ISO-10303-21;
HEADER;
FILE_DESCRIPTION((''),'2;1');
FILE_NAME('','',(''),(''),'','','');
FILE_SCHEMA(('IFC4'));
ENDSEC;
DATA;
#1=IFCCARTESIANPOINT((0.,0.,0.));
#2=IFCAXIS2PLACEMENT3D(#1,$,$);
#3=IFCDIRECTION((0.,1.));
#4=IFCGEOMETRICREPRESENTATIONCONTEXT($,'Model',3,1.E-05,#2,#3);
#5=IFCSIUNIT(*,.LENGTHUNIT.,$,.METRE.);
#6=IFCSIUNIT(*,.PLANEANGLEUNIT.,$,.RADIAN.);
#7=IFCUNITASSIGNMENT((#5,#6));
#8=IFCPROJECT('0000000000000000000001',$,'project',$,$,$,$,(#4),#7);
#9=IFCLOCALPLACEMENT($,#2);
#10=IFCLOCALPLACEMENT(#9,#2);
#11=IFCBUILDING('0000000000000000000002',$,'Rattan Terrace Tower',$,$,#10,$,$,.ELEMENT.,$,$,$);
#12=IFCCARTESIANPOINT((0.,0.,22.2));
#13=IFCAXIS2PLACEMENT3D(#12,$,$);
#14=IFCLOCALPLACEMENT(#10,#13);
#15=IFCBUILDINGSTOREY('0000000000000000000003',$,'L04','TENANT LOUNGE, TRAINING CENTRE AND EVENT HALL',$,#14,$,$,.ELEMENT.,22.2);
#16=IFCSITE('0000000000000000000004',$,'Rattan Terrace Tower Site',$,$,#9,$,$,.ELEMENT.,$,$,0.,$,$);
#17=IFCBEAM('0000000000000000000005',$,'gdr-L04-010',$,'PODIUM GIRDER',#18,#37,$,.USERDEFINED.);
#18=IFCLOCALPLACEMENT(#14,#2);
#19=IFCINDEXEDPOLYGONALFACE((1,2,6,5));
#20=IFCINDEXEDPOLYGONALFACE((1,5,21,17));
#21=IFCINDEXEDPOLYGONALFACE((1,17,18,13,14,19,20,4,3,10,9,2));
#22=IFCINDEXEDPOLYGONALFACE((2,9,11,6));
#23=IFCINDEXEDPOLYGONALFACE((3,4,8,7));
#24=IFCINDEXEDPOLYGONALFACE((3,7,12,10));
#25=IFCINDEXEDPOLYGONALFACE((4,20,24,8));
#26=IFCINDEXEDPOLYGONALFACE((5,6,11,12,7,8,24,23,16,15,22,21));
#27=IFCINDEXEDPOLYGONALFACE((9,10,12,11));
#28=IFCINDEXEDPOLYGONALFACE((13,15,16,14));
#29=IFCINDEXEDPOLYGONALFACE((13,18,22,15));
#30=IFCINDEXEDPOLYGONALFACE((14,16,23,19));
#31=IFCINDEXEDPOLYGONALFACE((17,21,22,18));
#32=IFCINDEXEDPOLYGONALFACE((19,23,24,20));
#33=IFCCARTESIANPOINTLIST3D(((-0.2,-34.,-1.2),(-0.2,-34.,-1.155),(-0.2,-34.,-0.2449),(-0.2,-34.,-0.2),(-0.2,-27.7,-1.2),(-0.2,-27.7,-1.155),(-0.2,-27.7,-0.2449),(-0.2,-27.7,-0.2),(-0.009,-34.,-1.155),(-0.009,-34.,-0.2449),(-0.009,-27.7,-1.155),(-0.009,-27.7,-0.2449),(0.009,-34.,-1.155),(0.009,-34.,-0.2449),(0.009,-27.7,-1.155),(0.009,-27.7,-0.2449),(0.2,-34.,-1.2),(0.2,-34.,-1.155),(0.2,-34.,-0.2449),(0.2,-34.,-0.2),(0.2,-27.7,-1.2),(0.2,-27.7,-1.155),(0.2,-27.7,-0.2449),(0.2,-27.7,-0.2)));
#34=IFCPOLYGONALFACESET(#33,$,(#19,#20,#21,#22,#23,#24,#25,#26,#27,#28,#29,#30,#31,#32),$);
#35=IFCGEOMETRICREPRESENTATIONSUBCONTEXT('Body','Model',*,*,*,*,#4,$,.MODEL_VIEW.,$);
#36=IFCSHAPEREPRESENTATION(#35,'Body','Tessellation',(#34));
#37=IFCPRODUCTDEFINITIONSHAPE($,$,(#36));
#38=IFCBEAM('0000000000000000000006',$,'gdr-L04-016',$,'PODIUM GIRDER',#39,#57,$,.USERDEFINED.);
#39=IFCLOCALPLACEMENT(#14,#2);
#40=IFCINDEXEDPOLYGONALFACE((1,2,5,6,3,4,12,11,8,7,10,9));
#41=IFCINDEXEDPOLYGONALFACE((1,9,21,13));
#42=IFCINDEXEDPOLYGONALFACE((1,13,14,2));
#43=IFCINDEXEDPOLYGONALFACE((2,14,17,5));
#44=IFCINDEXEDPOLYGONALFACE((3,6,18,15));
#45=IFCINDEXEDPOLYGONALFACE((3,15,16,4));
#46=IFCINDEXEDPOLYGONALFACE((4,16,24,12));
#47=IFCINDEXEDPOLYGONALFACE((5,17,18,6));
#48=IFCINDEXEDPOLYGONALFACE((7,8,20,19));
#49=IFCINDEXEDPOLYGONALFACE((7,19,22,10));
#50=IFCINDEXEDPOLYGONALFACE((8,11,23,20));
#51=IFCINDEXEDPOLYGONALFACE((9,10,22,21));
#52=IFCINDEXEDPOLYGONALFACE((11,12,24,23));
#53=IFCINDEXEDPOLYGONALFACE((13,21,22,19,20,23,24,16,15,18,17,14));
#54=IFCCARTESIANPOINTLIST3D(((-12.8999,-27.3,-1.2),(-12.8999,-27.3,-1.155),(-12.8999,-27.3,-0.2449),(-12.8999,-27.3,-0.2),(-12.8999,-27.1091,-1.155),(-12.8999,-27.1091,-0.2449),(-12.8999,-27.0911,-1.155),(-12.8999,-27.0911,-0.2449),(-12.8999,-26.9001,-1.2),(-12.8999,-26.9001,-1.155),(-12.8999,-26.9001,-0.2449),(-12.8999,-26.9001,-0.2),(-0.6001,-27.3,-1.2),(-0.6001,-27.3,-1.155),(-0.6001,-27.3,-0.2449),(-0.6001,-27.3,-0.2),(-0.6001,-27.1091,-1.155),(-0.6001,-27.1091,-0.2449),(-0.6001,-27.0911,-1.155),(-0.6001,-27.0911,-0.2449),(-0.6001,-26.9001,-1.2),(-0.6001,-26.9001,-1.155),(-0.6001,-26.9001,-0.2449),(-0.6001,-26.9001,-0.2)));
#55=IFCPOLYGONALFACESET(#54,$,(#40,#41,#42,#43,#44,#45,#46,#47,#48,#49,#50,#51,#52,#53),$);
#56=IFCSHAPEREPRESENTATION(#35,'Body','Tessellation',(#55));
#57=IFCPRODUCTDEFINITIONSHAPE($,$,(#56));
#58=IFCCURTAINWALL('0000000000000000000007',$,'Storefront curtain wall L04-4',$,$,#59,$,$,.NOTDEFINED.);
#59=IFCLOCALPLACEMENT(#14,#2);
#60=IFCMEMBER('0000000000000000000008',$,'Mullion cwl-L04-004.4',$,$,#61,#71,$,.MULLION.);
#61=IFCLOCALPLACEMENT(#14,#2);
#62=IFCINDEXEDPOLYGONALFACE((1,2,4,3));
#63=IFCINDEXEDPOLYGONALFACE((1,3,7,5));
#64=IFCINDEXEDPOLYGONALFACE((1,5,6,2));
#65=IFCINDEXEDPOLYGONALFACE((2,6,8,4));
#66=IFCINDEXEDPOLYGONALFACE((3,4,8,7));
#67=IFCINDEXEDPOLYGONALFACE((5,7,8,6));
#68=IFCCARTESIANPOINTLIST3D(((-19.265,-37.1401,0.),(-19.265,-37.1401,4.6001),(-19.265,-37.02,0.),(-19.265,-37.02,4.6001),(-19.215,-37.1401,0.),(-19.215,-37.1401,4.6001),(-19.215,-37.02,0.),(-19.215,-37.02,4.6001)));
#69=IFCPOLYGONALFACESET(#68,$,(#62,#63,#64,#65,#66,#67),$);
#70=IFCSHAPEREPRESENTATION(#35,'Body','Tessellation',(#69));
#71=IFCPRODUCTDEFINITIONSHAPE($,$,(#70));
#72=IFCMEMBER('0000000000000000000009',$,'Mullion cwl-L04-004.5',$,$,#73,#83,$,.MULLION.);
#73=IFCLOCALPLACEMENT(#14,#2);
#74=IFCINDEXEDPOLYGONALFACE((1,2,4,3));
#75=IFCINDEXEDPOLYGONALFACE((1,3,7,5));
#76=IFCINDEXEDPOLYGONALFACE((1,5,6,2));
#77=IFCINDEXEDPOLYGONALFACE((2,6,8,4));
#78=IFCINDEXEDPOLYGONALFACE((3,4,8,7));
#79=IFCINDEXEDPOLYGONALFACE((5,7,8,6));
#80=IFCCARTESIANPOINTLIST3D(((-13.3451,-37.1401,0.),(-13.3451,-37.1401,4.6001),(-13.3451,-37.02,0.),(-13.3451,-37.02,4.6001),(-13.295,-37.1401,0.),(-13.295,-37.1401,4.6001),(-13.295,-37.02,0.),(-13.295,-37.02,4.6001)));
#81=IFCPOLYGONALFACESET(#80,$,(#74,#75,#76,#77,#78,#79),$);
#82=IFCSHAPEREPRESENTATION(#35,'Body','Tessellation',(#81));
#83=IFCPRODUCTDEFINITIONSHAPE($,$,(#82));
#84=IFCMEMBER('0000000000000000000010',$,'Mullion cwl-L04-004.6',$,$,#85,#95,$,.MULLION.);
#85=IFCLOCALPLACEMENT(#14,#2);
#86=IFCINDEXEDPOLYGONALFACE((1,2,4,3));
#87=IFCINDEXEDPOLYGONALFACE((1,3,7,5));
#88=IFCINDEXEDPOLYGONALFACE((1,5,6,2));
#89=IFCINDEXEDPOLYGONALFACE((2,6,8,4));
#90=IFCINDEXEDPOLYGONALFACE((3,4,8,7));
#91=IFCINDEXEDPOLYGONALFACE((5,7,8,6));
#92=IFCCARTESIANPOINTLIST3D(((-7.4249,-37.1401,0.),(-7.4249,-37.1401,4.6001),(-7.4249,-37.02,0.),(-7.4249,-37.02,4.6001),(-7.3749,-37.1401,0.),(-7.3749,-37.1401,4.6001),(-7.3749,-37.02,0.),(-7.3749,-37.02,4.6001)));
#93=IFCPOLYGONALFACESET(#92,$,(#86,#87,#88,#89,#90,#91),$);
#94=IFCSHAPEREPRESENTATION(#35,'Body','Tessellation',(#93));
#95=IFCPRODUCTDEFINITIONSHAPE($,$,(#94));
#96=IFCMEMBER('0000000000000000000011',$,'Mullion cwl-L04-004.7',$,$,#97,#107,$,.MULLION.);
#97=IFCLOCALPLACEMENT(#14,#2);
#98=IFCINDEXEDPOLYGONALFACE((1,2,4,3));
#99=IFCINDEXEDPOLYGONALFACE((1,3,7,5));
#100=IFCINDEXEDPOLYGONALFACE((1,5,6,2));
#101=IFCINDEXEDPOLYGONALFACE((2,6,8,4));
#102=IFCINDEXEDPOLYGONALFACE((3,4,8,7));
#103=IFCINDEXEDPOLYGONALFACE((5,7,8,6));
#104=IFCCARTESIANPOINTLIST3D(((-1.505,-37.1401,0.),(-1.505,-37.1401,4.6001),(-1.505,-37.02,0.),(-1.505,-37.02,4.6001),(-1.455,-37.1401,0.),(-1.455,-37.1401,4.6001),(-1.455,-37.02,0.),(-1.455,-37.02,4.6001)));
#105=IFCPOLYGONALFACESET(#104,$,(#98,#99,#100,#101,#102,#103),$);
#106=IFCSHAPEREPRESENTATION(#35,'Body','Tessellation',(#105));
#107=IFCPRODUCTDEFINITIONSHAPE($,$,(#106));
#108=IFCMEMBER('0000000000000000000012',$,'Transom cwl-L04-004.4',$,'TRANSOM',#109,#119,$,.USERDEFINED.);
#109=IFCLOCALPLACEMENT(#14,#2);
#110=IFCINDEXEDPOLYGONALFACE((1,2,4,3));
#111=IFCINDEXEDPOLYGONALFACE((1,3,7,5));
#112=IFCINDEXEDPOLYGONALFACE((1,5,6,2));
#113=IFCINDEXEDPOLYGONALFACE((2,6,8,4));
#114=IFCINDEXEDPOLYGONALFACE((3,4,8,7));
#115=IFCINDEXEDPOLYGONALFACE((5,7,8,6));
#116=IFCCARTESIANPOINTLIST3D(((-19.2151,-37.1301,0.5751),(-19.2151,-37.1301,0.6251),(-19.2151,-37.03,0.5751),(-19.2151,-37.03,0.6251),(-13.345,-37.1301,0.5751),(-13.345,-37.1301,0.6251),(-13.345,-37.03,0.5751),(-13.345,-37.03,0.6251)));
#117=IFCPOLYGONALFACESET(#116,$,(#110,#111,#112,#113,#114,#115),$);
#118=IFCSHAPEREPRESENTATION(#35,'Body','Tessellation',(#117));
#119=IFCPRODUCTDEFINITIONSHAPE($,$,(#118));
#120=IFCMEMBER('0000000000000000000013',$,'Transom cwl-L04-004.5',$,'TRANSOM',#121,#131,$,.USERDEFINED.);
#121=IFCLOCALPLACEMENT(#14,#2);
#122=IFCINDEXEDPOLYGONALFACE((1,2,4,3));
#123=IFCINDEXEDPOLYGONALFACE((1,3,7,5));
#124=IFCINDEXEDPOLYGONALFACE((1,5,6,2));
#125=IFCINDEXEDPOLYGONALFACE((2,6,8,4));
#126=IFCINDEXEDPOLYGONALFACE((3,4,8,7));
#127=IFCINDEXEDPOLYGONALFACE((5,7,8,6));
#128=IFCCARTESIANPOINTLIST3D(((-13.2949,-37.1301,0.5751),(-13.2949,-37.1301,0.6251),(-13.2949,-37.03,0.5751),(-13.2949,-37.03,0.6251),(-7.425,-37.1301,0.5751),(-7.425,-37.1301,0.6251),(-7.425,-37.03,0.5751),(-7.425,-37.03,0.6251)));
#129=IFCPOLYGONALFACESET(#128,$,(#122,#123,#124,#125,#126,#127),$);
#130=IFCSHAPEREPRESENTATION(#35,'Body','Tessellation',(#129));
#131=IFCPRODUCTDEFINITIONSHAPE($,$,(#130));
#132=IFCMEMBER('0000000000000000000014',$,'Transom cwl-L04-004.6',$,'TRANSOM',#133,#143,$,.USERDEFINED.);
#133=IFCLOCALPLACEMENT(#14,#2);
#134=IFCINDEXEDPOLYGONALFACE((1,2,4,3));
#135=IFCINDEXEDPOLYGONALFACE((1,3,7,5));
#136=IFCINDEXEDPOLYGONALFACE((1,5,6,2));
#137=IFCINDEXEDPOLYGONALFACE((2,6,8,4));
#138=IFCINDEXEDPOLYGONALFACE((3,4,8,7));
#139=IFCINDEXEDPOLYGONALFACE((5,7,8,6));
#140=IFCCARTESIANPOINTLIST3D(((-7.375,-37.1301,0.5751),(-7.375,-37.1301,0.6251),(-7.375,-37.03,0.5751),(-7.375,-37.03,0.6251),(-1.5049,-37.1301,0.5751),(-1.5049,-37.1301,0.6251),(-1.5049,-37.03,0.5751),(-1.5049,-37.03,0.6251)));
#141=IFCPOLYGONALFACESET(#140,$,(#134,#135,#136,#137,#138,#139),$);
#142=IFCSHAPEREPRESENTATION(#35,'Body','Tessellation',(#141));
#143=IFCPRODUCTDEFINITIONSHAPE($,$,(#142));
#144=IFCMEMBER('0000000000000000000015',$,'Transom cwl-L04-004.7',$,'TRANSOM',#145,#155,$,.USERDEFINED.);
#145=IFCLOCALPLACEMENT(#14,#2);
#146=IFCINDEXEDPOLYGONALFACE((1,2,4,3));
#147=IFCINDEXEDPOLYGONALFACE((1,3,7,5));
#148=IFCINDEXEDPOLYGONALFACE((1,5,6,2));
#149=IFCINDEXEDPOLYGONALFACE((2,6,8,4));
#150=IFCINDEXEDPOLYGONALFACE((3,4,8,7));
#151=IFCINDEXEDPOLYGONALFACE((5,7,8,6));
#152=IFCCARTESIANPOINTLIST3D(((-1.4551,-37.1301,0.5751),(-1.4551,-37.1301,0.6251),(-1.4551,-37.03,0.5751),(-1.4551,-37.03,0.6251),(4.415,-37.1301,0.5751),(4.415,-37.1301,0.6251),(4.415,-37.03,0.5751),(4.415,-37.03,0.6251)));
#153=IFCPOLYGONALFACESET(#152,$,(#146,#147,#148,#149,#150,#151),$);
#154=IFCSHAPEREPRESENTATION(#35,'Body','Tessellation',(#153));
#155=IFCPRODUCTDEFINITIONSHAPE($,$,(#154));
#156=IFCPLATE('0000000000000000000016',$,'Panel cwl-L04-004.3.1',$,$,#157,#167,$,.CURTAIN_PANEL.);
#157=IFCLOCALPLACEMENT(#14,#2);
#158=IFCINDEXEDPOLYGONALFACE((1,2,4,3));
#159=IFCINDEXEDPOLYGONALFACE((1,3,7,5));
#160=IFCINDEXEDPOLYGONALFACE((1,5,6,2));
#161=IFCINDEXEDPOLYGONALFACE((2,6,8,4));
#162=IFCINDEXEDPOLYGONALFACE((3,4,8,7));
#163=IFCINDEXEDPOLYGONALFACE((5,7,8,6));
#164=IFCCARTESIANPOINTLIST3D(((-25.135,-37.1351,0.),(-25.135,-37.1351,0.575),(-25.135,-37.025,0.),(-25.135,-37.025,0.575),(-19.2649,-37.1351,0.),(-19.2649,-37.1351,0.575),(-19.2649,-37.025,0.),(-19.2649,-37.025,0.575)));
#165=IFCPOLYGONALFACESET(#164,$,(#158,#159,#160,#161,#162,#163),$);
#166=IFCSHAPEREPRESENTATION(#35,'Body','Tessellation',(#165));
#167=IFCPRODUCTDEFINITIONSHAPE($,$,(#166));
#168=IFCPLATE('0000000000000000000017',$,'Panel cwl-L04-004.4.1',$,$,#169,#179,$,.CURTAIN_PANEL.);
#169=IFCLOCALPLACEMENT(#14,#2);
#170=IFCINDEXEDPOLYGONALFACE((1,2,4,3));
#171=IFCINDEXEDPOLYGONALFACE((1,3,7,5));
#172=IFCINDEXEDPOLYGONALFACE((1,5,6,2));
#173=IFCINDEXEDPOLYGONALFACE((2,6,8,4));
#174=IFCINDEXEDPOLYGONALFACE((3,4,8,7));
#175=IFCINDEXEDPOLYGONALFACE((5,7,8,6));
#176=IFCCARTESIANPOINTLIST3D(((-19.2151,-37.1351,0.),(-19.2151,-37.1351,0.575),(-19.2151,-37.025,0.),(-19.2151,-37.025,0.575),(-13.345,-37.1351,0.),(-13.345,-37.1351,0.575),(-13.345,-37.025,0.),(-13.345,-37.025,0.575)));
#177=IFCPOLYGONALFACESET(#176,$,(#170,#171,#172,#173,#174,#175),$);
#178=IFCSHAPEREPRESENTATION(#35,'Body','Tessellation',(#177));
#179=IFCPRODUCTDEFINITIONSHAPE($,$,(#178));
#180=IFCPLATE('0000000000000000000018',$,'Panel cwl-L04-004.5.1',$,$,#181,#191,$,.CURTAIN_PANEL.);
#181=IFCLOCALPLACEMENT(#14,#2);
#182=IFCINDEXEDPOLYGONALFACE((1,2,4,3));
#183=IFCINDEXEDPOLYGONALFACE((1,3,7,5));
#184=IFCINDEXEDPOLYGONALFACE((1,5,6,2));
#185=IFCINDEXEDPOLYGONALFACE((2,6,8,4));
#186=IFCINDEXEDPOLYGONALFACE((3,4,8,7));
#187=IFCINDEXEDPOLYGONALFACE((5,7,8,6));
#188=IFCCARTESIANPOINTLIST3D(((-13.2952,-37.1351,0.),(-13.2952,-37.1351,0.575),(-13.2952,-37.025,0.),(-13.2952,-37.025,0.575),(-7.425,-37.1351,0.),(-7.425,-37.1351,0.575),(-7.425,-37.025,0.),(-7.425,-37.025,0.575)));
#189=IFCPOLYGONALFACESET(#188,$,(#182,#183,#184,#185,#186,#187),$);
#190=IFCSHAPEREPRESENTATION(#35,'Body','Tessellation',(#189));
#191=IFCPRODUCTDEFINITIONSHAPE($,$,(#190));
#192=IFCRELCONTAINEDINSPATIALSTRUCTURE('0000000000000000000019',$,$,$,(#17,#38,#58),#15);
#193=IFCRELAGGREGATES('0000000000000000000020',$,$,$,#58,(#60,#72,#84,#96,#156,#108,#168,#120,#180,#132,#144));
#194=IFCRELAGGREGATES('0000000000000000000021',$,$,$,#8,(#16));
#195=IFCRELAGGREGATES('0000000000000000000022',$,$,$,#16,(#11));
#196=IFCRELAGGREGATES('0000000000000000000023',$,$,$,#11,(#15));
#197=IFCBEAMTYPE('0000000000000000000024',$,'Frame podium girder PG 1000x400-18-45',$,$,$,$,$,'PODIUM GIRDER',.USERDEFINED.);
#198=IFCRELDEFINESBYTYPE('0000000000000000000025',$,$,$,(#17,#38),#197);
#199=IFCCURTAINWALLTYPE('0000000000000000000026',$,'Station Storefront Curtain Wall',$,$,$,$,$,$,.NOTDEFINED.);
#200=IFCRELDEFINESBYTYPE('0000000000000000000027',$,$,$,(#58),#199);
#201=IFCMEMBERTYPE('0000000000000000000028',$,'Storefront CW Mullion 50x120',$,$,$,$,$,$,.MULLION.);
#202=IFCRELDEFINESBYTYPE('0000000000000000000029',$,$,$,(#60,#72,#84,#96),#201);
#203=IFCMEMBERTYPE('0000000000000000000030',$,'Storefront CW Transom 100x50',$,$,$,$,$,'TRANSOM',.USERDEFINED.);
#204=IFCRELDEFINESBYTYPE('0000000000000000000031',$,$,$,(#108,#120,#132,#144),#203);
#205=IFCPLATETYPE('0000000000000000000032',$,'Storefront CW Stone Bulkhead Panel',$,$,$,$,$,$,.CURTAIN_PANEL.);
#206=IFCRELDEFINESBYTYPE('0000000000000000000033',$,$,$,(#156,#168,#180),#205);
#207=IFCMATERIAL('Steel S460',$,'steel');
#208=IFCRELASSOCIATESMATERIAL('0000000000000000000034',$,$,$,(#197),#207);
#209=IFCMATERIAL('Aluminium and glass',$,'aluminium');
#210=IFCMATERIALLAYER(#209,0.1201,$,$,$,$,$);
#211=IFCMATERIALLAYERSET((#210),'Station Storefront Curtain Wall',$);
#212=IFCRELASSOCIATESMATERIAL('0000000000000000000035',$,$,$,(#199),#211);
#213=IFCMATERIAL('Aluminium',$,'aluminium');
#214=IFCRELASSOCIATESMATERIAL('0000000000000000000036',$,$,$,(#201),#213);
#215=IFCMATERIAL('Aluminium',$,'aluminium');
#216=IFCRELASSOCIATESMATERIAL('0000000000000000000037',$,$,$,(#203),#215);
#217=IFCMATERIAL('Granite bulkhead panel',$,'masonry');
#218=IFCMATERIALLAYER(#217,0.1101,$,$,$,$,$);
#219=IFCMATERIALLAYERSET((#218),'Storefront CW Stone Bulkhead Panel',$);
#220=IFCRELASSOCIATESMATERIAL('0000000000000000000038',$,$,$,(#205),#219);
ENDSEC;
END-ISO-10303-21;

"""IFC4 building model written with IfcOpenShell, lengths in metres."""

from ifc_helpers import new_model, si_unit, direction, frame, origin, origin_2d, place, context, subcontext, project, spatial, rectangle, i_section, extrude, material, layer, layer_set, material_profile, profile_set, type_object, element, aggregate, save


model = new_model("IFC4")

# Units and contexts
model_context = context("Model", 3, precision=1e-05, world=origin(), true_north=direction((0.0, 1.0)))
body_context = subcontext(model_context, "Body", "Model", "MODEL_VIEW")
ifc_project = project(units=[si_unit("LENGTHUNIT", "METRE"), si_unit("PLANEANGLEUNIT", "RADIAN")], contexts=[model_context])

# Site, building, storey
site_placement = place(None, origin())
site = spatial("IfcSite", under=ifc_project, at=site_placement, Name="Rattan Terrace Tower Site", CompositionType="ELEMENT", RefElevation=0.0)
building_placement = place(site_placement, origin())
building = spatial("IfcBuilding", under=site, at=building_placement, Name="Rattan Terrace Tower", CompositionType="ELEMENT")
storey_placement = place(building_placement, frame((0.0, 0.0, 22.2)))
storey = spatial("IfcBuildingStorey", under=building, at=storey_placement, Name="L04", Description="TENANT LOUNGE, TRAINING CENTRE AND EVENT HALL", CompositionType="ELEMENT", Elevation=22.2)

# Beams
ifc_material_1 = material(Name="Steel S460", Category="steel")
ifc_material_profile_1 = material_profile(ifc_material_1, i_section(OverallWidth=0.3999, OverallDepth=1.0, WebThickness=0.0181, FlangeThickness=0.0449, at=origin_2d()), Name="PG 1000x400-18-45")
ifc_profile_set_1 = profile_set([ifc_material_profile_1], Name="Steel S460")
beam_type_1 = type_object("IfcBeamType", Name="Frame podium girder PG 1000x400-18-45", ElementType="PODIUM GIRDER", PredefinedType="USERDEFINED", material=ifc_profile_set_1)
for number, where, z_axis, x_axis, name in (
    (1, (0.0, -34.0, -0.7), (0.0, 1.0, 0.0), (-1.0, 0.0, 0.0), "gdr-L04-010"),
):
    element("IfcBeam", number, at=place(storey_placement, frame(where, z_axis=z_axis, x_axis=x_axis)), inside=storey, type_object=beam_type_1, Name=name, ObjectType="PODIUM GIRDER", PredefinedType="USERDEFINED", context=body_context, shape_type="SweptSolid", body=[
        extrude(i_section(OverallWidth=0.3999, OverallDepth=1.0, WebThickness=0.0181, FlangeThickness=0.0449, at=origin_2d()), origin(), (0.0, 0.0, 1.0), 6.3),
    ])
beam_1_placement = place(storey_placement, frame((-12.8999, -27.1001, -0.7), z_axis=(1.0, 0.0, 0.0), x_axis=(0.0, 1.0, 0.0)))
element("IfcBeam", 2, at=beam_1_placement, inside=storey, type_object=beam_type_1, Name="gdr-L04-016", ObjectType="PODIUM GIRDER", PredefinedType="USERDEFINED", context=body_context, shape_type="SweptSolid", body=[
    extrude(i_section(OverallWidth=0.3999, OverallDepth=1.0, WebThickness=0.0181, FlangeThickness=0.0449, at=origin_2d()), origin(), (0.0, 0.0, 1.0), 12.2998),
])

# Curtain wall, members, plates
ifc_material_2 = material(Name="Aluminium and glass", Category="aluminium")
ifc_layer_1 = layer(ifc_material_2, 0.1201)
ifc_layer_set_1 = layer_set([ifc_layer_1], Name="Station Storefront Curtain Wall")
curtain_wall_type = type_object("IfcCurtainWallType", Name="Station Storefront Curtain Wall", PredefinedType="NOTDEFINED", material=ifc_layer_set_1)
curtain_wall_placement = place(storey_placement, origin())
curtain_wall = element("IfcCurtainWall", 3, at=curtain_wall_placement, inside=storey, type_object=curtain_wall_type, Name="Storefront curtain wall L04-4", PredefinedType="NOTDEFINED")
ifc_material_3 = material(Name="Aluminium", Category="aluminium")
ifc_material_profile_2 = material_profile(ifc_material_3, rectangle(XDim=0.05, YDim=0.1201, at=origin_2d()), Name="Aluminium 50x120")
ifc_profile_set_2 = profile_set([ifc_material_profile_2], Name="Aluminium")
member_type_1 = type_object("IfcMemberType", Name="Storefront CW Mullion 50x120", PredefinedType="MULLION", material=ifc_profile_set_2)
member_1_placement = place(storey_placement, frame((-19.24, -37.0801, 0.0), z_axis=(0.0, 0.0, 1.0), x_axis=(1.0, 0.0, 0.0)))
member_1 = element("IfcMember", 4, at=member_1_placement, type_object=member_type_1, Name="Mullion cwl-L04-004.4", PredefinedType="MULLION", context=body_context, shape_type="SweptSolid", body=[
    extrude(rectangle(XDim=0.05, YDim=0.1201, at=origin_2d()), origin(), (0.0, 0.0, 1.0), 4.6001),
])
member_2_placement = place(storey_placement, frame((-13.3201, -37.0801, 0.0), z_axis=(0.0, 0.0, 1.0), x_axis=(1.0, 0.0, 0.0)))
member_2 = element("IfcMember", 5, at=member_2_placement, type_object=member_type_1, Name="Mullion cwl-L04-004.5", PredefinedType="MULLION", context=body_context, shape_type="SweptSolid", body=[
    extrude(rectangle(XDim=0.05, YDim=0.1201, at=origin_2d()), origin(), (0.0, 0.0, 1.0), 4.6001),
])
member_3_placement = place(storey_placement, frame((-7.3999, -37.0801, 0.0), z_axis=(0.0, 0.0, 1.0), x_axis=(1.0, 0.0, 0.0)))
member_3 = element("IfcMember", 6, at=member_3_placement, type_object=member_type_1, Name="Mullion cwl-L04-004.6", PredefinedType="MULLION", context=body_context, shape_type="SweptSolid", body=[
    extrude(rectangle(XDim=0.05, YDim=0.1201, at=origin_2d()), origin(), (0.0, 0.0, 1.0), 4.6001),
])
member_4_placement = place(storey_placement, frame((-1.48, -37.0801, 0.0), z_axis=(0.0, 0.0, 1.0), x_axis=(1.0, 0.0, 0.0)))
member_4 = element("IfcMember", 7, at=member_4_placement, type_object=member_type_1, Name="Mullion cwl-L04-004.7", PredefinedType="MULLION", context=body_context, shape_type="SweptSolid", body=[
    extrude(rectangle(XDim=0.05, YDim=0.1201, at=origin_2d()), origin(), (0.0, 0.0, 1.0), 4.6001),
])
ifc_material_4 = material(Name="Aluminium", Category="aluminium")
ifc_material_profile_3 = material_profile(ifc_material_4, rectangle(XDim=0.1001, YDim=0.05, at=origin_2d()), Name="Aluminium 100x50")
ifc_profile_set_3 = profile_set([ifc_material_profile_3], Name="Aluminium")
member_type_2 = type_object("IfcMemberType", Name="Storefront CW Transom 100x50", ElementType="TRANSOM", PredefinedType="USERDEFINED", material=ifc_profile_set_3)
member_5_placement = place(storey_placement, frame((-19.2151, -37.0801, 0.6001), z_axis=(1.0, 0.0, 0.0), x_axis=(0.0, 1.0, 0.0)))
member_5 = element("IfcMember", 8, at=member_5_placement, type_object=member_type_2, Name="Transom cwl-L04-004.4", ObjectType="TRANSOM", PredefinedType="USERDEFINED", context=body_context, shape_type="SweptSolid", body=[
    extrude(rectangle(XDim=0.1001, YDim=0.05, at=origin_2d()), origin(), (0.0, 0.0, 1.0), 5.8701),
])
member_6_placement = place(storey_placement, frame((-13.2949, -37.0801, 0.6001), z_axis=(1.0, 0.0, 0.0), x_axis=(0.0, 1.0, 0.0)))
member_6 = element("IfcMember", 9, at=member_6_placement, type_object=member_type_2, Name="Transom cwl-L04-004.5", ObjectType="TRANSOM", PredefinedType="USERDEFINED", context=body_context, shape_type="SweptSolid", body=[
    extrude(rectangle(XDim=0.1001, YDim=0.05, at=origin_2d()), origin(), (0.0, 0.0, 1.0), 5.8699),
])
member_7_placement = place(storey_placement, frame((-7.375, -37.0801, 0.6001), z_axis=(1.0, 0.0, 0.0), x_axis=(0.0, 1.0, 0.0)))
member_7 = element("IfcMember", 10, at=member_7_placement, type_object=member_type_2, Name="Transom cwl-L04-004.6", ObjectType="TRANSOM", PredefinedType="USERDEFINED", context=body_context, shape_type="SweptSolid", body=[
    extrude(rectangle(XDim=0.1001, YDim=0.05, at=origin_2d()), origin(), (0.0, 0.0, 1.0), 5.8701),
])
member_8_placement = place(storey_placement, frame((-1.4551, -37.0801, 0.6001), z_axis=(1.0, 0.0, 0.0), x_axis=(0.0, 1.0, 0.0)))
member_8 = element("IfcMember", 11, at=member_8_placement, type_object=member_type_2, Name="Transom cwl-L04-004.7", ObjectType="TRANSOM", PredefinedType="USERDEFINED", context=body_context, shape_type="SweptSolid", body=[
    extrude(rectangle(XDim=0.1001, YDim=0.05, at=origin_2d()), origin(), (0.0, 0.0, 1.0), 5.8701),
])
ifc_material_5 = material(Name="Granite bulkhead panel", Category="masonry")
ifc_layer_2 = layer(ifc_material_5, 0.1101)
ifc_layer_set_2 = layer_set([ifc_layer_2], Name="Storefront CW Stone Bulkhead Panel")
plate_type_1 = type_object("IfcPlateType", Name="Storefront CW Stone Bulkhead Panel", PredefinedType="CURTAIN_PANEL", material=ifc_layer_set_2)
plate_1_placement = place(storey_placement, frame((-22.2, -37.0801, 0.0), z_axis=(0.0, 0.0, 1.0), x_axis=(1.0, 0.0, 0.0)))
plate_1 = element("IfcPlate", 12, at=plate_1_placement, type_object=plate_type_1, Name="Panel cwl-L04-004.3.1", PredefinedType="CURTAIN_PANEL", context=body_context, shape_type="SweptSolid", body=[
    extrude(rectangle(XDim=5.8701, YDim=0.1101, at=origin_2d()), origin(), (0.0, 0.0, 1.0), 0.575),
])
plate_2_placement = place(storey_placement, frame((-16.28, -37.0801, 0.0), z_axis=(0.0, 0.0, 1.0), x_axis=(1.0, 0.0, 0.0)))
plate_2 = element("IfcPlate", 13, at=plate_2_placement, type_object=plate_type_1, Name="Panel cwl-L04-004.4.1", PredefinedType="CURTAIN_PANEL", context=body_context, shape_type="SweptSolid", body=[
    extrude(rectangle(XDim=5.8701, YDim=0.1101, at=origin_2d()), origin(), (0.0, 0.0, 1.0), 0.575),
])
plate_3_placement = place(storey_placement, frame((-10.3601, -37.0801, 0.0), z_axis=(0.0, 0.0, 1.0), x_axis=(1.0, 0.0, 0.0)))
plate_3 = element("IfcPlate", 14, at=plate_3_placement, type_object=plate_type_1, Name="Panel cwl-L04-004.5.1", PredefinedType="CURTAIN_PANEL", context=body_context, shape_type="SweptSolid", body=[
    extrude(rectangle(XDim=5.8701, YDim=0.1101, at=origin_2d()), origin(), (0.0, 0.0, 1.0), 0.575),
])
aggregate(curtain_wall, [member_1, member_2, member_3, member_4, plate_1, member_5, plate_2, member_6, plate_3, member_7, member_8])

save(model, "model.ifc")
